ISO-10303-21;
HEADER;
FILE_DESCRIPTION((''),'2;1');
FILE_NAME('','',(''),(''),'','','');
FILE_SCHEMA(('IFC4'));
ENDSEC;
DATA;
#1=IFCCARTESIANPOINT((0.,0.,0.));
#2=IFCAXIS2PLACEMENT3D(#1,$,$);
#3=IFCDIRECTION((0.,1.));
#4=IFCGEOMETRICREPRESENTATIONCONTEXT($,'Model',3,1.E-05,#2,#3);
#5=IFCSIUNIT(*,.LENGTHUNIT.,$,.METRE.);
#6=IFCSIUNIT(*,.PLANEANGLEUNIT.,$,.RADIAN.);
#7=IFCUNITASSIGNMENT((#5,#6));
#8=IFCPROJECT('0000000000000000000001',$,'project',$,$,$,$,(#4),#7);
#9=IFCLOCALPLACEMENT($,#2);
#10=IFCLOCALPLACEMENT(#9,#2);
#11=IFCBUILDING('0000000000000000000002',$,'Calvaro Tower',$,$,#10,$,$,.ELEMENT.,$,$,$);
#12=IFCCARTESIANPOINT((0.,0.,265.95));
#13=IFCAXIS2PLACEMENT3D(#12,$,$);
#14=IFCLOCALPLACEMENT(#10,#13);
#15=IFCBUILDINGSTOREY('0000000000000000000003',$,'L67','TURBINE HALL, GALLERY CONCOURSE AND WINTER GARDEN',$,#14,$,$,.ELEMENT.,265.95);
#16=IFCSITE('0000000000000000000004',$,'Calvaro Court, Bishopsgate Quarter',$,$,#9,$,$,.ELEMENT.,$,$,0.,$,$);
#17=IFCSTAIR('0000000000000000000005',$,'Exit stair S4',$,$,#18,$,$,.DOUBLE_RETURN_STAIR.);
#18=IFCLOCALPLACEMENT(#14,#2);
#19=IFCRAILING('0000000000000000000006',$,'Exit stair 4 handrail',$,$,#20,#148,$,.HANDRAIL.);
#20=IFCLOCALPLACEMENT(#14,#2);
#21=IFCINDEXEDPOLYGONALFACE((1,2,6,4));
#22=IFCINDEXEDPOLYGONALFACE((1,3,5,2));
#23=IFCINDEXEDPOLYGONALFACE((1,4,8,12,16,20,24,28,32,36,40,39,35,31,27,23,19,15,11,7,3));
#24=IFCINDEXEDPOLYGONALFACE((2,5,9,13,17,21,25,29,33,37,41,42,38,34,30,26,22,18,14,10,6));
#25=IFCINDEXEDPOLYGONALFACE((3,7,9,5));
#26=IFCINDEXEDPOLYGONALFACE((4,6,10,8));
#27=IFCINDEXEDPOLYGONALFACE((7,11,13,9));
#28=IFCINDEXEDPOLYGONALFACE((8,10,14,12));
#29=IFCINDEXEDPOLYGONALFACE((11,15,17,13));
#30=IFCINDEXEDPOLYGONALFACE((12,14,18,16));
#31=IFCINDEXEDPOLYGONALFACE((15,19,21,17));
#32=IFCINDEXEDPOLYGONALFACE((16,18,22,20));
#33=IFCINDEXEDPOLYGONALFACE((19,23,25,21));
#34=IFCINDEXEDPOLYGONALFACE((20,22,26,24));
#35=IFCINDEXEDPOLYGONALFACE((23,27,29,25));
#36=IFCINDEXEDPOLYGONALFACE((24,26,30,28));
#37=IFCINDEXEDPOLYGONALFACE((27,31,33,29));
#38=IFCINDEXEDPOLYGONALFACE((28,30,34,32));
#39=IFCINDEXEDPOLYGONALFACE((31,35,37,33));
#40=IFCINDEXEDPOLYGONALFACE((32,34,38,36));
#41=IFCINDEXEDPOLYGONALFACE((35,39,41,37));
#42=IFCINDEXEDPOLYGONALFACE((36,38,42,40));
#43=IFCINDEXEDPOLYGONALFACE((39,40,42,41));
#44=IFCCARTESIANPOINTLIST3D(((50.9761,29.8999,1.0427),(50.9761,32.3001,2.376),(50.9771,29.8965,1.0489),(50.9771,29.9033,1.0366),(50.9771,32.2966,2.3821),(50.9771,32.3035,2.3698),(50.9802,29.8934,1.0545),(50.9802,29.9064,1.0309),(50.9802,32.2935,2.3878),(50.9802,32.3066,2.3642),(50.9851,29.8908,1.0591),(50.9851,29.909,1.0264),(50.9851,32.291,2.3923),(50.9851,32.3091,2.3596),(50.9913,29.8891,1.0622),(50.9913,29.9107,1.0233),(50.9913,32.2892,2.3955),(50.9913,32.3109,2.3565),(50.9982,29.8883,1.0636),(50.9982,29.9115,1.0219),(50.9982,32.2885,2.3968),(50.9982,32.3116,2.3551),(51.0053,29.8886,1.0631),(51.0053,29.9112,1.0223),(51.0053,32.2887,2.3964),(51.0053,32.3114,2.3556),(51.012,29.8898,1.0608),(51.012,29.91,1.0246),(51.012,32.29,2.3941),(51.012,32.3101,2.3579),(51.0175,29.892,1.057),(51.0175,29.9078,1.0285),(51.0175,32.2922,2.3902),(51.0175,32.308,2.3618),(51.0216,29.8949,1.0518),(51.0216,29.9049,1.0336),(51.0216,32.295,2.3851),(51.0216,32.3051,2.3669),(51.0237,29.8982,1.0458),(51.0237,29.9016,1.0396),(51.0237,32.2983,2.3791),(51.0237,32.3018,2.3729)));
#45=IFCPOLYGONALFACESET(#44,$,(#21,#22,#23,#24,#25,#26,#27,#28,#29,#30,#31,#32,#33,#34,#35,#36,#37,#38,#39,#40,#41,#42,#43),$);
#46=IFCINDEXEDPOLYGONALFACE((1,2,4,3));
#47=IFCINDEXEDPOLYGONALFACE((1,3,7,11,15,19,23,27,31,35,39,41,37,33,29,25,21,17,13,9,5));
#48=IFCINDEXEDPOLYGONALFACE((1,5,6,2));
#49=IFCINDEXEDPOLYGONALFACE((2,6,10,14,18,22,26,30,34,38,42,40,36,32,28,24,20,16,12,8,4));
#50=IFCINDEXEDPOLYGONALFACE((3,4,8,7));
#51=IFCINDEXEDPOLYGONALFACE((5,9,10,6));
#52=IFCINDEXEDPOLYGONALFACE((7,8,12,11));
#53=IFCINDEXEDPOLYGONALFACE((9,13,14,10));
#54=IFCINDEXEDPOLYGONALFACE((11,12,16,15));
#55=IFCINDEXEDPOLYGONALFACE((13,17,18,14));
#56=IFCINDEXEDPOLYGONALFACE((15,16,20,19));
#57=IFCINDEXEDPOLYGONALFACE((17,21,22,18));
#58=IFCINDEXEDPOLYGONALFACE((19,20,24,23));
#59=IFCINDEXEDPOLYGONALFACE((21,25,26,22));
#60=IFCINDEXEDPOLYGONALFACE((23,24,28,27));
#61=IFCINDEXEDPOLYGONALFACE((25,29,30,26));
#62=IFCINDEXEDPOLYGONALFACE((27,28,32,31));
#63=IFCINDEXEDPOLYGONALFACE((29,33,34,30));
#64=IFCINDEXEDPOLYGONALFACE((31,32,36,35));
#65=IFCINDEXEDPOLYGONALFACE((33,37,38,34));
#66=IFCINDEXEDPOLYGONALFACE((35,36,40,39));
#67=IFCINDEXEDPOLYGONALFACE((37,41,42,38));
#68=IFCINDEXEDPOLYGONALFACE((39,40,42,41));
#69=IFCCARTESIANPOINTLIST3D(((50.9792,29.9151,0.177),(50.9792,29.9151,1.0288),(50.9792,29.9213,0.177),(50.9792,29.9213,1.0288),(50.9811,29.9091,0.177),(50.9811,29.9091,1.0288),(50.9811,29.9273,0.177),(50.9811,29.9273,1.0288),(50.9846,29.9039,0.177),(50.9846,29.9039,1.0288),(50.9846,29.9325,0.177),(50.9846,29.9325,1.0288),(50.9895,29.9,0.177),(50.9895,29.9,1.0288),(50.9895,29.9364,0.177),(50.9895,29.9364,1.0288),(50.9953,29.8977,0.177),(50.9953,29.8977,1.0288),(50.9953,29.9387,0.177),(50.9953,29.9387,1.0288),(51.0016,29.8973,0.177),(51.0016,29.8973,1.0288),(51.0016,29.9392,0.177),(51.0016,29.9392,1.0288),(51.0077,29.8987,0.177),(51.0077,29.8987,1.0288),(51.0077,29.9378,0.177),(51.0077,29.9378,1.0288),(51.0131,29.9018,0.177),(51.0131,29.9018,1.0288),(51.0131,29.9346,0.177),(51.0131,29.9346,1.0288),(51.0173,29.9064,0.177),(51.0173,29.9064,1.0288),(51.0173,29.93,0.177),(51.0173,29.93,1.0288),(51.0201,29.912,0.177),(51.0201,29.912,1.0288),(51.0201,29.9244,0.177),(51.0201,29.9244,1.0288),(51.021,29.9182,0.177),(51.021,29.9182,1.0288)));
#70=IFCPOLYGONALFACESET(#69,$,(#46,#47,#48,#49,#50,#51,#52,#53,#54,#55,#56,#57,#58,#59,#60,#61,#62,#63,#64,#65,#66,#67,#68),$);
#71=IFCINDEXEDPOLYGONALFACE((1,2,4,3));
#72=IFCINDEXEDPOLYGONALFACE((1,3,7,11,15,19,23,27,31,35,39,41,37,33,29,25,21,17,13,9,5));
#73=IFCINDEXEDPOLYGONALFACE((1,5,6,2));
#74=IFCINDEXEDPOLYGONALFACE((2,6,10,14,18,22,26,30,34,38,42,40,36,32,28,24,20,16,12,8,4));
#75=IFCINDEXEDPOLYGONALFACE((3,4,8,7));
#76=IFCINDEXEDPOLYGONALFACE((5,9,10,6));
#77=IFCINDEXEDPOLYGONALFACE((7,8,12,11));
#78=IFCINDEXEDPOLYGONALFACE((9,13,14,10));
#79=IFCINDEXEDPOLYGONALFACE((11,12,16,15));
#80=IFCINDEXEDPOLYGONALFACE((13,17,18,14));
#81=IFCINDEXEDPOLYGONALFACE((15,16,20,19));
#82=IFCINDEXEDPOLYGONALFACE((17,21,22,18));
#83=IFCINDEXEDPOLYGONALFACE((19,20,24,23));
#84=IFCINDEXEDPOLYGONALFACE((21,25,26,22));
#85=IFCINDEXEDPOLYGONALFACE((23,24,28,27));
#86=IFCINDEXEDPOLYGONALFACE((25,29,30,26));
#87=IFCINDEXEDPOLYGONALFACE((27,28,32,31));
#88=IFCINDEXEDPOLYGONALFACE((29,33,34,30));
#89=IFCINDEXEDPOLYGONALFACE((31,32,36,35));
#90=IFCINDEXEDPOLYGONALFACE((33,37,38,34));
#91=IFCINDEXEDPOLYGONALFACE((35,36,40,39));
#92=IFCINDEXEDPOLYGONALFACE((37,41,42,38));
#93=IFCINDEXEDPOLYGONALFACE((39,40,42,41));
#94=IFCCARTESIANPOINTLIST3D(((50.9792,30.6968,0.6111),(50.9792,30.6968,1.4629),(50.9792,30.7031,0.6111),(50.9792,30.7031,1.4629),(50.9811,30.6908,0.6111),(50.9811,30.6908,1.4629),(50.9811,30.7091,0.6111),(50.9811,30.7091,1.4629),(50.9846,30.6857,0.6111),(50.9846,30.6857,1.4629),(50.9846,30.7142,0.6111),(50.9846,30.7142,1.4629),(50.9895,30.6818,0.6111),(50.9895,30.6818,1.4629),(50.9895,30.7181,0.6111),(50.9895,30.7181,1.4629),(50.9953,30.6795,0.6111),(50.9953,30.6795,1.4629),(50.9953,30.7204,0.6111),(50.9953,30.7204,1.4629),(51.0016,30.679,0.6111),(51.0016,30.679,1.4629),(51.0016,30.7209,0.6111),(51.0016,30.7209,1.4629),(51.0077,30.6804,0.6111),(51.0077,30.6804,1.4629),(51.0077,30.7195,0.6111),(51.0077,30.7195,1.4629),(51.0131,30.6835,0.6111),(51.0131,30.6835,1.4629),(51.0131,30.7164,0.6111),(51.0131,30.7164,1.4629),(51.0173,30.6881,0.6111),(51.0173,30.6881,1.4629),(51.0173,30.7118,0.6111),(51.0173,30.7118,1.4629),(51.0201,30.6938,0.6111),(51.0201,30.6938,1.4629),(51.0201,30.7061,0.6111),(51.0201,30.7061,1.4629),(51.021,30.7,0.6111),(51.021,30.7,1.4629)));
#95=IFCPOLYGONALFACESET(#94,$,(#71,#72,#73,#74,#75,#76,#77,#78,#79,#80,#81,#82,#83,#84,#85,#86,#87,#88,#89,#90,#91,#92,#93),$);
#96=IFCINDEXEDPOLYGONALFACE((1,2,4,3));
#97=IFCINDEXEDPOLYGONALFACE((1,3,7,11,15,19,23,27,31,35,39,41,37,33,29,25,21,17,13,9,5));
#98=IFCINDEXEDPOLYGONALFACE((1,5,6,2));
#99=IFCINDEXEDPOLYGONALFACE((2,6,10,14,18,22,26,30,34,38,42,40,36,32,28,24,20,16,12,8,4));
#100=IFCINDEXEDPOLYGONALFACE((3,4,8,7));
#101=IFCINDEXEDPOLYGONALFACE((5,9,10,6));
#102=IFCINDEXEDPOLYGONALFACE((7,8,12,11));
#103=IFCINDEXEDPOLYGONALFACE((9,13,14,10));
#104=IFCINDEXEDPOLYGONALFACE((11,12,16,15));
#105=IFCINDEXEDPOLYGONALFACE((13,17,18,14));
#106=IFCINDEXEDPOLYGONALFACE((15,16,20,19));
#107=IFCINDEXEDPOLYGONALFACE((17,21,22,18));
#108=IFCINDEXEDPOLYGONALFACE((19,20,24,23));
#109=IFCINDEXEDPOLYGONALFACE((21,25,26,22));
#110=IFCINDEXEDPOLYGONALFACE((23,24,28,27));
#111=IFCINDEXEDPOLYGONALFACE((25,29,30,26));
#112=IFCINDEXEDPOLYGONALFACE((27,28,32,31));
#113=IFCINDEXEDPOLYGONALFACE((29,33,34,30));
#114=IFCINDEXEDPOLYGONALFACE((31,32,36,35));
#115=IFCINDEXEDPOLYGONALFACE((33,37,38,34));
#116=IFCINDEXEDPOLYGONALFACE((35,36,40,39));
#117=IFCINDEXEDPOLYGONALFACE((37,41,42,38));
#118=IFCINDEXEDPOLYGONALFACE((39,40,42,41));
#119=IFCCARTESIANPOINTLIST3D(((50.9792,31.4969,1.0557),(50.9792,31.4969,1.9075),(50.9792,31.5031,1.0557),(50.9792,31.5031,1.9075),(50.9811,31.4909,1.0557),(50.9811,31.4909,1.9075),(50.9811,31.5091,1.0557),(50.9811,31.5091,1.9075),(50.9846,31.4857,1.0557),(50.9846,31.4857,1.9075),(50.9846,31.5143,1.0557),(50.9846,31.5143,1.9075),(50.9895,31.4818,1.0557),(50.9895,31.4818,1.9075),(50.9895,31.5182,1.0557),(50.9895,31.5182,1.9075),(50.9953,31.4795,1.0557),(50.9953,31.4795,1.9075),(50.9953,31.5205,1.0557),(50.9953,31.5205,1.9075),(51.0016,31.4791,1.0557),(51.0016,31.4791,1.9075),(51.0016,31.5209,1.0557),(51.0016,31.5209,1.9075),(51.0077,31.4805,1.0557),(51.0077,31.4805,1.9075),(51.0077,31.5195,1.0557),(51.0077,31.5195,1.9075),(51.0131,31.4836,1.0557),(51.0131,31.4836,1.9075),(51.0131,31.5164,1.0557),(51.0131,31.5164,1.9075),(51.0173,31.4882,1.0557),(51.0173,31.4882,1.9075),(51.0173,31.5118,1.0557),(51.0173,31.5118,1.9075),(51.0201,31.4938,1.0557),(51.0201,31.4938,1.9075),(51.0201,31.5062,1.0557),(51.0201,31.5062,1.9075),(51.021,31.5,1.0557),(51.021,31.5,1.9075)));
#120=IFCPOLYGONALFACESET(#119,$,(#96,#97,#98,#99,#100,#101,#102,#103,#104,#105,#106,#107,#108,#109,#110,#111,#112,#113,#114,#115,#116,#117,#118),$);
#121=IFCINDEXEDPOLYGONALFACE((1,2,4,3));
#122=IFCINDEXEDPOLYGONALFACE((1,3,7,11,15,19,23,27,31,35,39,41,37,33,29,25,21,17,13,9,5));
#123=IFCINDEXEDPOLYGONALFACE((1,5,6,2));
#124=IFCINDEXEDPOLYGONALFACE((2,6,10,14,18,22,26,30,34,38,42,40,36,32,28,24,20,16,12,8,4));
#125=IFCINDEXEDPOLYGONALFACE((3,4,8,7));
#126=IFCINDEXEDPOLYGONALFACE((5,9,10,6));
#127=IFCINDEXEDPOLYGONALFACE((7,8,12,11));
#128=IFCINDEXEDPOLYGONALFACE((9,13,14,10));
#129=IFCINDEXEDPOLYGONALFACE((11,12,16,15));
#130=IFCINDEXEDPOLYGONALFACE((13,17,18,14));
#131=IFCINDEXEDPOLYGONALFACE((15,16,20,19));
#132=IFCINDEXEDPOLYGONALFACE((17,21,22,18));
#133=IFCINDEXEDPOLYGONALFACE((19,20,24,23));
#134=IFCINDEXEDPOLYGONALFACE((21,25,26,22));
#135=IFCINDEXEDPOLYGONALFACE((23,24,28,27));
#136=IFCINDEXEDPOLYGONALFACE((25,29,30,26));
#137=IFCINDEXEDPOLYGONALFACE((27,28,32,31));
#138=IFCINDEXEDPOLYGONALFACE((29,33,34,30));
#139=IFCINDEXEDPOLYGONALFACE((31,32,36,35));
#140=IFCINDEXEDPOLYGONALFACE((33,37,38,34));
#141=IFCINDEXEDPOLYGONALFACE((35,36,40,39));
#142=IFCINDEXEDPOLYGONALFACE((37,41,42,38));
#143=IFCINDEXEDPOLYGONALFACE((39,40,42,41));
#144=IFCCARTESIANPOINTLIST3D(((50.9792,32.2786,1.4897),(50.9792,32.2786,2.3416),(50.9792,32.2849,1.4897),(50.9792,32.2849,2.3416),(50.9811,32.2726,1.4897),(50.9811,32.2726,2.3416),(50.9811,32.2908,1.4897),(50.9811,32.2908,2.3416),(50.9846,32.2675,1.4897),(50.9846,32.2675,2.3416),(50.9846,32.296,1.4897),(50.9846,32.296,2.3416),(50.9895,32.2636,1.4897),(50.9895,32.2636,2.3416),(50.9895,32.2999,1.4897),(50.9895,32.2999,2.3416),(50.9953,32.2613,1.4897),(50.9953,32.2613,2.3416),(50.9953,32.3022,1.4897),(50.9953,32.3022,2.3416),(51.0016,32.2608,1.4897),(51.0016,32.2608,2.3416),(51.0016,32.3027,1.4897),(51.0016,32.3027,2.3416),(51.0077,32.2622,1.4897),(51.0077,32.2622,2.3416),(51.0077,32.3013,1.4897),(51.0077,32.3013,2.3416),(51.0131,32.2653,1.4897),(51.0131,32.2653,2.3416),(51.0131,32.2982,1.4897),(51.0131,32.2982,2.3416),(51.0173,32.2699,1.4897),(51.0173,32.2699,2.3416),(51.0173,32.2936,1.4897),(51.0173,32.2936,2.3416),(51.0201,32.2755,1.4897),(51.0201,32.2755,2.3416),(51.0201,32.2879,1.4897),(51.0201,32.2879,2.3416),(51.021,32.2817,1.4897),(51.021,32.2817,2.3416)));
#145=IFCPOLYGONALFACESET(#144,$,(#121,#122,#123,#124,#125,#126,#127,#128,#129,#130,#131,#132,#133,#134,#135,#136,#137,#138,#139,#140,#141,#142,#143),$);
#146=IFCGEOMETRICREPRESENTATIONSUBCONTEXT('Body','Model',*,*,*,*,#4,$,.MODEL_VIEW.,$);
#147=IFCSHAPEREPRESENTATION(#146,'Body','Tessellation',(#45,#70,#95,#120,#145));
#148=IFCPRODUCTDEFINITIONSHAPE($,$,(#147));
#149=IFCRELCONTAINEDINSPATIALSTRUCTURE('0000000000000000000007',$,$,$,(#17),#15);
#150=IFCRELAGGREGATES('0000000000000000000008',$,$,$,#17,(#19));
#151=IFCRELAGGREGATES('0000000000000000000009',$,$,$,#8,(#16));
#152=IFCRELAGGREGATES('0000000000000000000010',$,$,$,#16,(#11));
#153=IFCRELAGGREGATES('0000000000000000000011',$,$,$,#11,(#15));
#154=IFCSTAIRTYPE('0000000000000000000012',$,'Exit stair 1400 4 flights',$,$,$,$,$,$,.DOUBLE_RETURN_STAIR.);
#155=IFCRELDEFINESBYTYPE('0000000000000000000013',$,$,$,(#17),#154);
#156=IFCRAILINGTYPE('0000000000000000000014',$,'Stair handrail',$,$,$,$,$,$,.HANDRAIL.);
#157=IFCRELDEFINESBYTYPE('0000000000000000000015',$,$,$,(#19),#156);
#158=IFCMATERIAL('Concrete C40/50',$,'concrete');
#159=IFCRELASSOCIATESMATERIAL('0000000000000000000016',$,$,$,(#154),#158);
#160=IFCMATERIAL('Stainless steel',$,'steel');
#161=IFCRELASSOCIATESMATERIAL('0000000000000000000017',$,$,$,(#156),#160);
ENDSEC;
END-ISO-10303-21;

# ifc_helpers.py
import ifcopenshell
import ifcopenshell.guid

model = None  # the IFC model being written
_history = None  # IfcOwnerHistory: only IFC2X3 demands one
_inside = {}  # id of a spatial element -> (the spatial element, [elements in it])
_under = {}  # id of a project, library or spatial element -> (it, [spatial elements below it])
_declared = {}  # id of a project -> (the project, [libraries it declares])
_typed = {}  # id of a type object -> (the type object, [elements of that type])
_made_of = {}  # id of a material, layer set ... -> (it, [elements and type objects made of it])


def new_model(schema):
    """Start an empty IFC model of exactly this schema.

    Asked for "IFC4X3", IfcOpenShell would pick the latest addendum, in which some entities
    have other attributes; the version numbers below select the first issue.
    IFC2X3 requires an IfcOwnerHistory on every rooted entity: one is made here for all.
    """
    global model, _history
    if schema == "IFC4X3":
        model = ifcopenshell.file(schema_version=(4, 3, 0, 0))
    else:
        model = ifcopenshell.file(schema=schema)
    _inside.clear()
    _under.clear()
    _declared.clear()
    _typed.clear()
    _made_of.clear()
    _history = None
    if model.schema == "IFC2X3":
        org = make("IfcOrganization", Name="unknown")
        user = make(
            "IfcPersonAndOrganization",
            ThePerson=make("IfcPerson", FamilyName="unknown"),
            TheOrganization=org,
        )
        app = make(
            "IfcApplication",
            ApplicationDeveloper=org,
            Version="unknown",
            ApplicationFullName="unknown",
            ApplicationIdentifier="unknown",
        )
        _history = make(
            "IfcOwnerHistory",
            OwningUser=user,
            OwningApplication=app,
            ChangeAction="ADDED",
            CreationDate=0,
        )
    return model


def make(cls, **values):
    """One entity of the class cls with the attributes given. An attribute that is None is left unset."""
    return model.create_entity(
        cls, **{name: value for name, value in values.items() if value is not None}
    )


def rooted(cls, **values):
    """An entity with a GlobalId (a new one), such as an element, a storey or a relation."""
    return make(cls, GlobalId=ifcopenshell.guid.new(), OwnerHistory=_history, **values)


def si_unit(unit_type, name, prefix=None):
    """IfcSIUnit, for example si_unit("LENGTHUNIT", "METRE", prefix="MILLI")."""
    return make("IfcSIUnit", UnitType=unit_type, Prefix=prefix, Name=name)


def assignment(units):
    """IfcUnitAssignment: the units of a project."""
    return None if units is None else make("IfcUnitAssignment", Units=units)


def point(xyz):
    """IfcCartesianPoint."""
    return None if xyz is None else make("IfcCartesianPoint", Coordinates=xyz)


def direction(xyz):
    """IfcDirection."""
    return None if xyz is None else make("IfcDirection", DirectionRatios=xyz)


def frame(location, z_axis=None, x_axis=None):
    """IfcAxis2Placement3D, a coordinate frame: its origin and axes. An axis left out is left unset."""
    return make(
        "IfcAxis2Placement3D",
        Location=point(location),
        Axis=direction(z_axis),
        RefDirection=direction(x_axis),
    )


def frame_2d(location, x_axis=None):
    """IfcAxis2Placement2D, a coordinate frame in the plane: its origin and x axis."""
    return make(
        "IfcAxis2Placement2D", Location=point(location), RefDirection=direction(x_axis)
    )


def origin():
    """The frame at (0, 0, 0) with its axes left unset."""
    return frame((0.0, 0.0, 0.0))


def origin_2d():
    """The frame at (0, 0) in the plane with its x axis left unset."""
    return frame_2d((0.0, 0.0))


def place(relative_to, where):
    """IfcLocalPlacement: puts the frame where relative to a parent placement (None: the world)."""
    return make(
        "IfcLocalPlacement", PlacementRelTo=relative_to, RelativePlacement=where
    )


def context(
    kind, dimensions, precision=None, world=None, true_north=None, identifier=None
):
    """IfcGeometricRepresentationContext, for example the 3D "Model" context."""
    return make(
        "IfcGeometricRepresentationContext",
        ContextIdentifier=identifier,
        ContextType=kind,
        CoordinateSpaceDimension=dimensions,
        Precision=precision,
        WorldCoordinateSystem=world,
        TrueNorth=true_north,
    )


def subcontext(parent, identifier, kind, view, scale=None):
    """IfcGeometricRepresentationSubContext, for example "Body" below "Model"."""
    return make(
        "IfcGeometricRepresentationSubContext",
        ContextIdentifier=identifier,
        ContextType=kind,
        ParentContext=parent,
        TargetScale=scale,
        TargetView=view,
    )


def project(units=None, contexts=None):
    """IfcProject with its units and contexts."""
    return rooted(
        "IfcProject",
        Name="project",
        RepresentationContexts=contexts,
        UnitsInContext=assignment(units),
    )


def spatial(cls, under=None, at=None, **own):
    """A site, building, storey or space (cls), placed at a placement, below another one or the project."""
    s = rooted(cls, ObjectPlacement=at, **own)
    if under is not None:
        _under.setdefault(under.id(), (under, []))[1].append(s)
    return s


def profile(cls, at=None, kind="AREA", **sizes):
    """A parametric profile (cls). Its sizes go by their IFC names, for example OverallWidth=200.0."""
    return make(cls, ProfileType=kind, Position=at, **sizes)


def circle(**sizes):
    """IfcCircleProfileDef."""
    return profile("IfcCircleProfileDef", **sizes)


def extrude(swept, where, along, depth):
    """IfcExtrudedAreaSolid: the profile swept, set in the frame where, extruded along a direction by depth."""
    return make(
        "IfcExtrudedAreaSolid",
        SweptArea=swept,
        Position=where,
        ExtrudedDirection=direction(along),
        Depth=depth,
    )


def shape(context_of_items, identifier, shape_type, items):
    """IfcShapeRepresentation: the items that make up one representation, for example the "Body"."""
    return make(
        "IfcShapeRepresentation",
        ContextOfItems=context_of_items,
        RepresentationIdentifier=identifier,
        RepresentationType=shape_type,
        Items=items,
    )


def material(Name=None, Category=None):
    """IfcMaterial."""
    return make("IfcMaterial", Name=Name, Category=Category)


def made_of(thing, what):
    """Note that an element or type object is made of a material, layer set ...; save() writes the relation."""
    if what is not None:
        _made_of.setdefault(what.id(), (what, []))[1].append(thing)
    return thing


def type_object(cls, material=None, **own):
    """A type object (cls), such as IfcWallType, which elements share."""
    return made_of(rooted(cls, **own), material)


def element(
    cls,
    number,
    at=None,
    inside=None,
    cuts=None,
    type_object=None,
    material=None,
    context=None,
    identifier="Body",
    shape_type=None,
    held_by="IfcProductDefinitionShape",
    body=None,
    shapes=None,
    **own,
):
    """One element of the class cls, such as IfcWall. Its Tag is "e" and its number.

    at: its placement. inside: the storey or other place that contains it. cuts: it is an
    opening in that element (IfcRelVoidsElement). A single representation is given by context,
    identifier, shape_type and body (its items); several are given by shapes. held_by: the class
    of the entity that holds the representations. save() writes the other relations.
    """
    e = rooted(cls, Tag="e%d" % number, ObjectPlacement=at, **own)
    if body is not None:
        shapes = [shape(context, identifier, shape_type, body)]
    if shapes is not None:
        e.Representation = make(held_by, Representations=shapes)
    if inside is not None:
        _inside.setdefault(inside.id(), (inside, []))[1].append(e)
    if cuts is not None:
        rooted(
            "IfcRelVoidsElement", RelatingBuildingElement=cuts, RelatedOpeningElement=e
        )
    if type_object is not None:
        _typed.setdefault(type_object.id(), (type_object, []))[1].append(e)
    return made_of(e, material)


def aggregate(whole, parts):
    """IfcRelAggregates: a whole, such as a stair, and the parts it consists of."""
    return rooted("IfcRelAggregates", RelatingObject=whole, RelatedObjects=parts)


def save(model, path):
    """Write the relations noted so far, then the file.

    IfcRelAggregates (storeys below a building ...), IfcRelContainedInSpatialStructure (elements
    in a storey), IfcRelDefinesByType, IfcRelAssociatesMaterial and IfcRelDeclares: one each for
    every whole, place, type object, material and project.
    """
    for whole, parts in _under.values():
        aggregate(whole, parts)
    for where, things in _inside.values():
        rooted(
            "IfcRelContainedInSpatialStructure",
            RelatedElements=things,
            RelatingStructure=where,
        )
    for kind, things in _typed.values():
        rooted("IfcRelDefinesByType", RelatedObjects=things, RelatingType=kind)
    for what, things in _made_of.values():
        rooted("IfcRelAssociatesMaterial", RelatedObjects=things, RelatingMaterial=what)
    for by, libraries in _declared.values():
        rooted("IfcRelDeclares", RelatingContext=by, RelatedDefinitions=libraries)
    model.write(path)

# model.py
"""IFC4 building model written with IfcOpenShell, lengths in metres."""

from ifc_helpers import new_model, si_unit, direction, frame, origin, origin_2d, place, context, subcontext, project, spatial, circle, extrude, material, type_object, element, aggregate, save


model = new_model("IFC4")

# Units and contexts
model_context = context("Model", 3, precision=1e-05, world=origin(), true_north=direction((0.0, 1.0)))
body_context = subcontext(model_context, "Body", "Model", "MODEL_VIEW")
ifc_project = project(units=[si_unit("LENGTHUNIT", "METRE"), si_unit("PLANEANGLEUNIT", "RADIAN")], contexts=[model_context])

# Site, building, storey
site_placement = place(None, origin())
site = spatial("IfcSite", under=ifc_project, at=site_placement, Name="Calvaro Court, Bishopsgate Quarter", CompositionType="ELEMENT", RefElevation=0.0)
building_placement = place(site_placement, origin())
building = spatial("IfcBuilding", under=site, at=building_placement, Name="Calvaro Tower", CompositionType="ELEMENT")
storey_placement = place(building_placement, frame((0.0, 0.0, 265.95)))
storey = spatial("IfcBuildingStorey", under=building, at=storey_placement, Name="L67", Description="TURBINE HALL, GALLERY CONCOURSE AND WINTER GARDEN", CompositionType="ELEMENT", Elevation=265.95)

# Stair, railing
ifc_material_1 = material(Name="Concrete C40/50", Category="concrete")
stair_type = type_object("IfcStairType", Name="Exit stair 1400 4 flights", PredefinedType="DOUBLE_RETURN_STAIR", material=ifc_material_1)
stair_placement = place(storey_placement, origin())
stair = element("IfcStair", 1, at=stair_placement, inside=storey, type_object=stair_type, Name="Exit stair S4", PredefinedType="DOUBLE_RETURN_STAIR")
ifc_material_2 = material(Name="Stainless steel", Category="steel")
railing_type = type_object("IfcRailingType", Name="Stair handrail", PredefinedType="HANDRAIL", material=ifc_material_2)
railing_1_placement = place(storey_placement, frame((51.0, 29.8999, 0.1667)))
railing_1 = element("IfcRailing", 2, at=railing_1_placement, type_object=railing_type, Name="Exit stair 4 handrail", PredefinedType="HANDRAIL", context=body_context, shape_type="SweptSolid", body=[
    extrude(circle(Radius=0.0239, at=origin_2d()), frame((0.0, 0.0, 0.876), z_axis=(0.0, 0.874182, 0.485598), x_axis=(-1.0, 0.0, 0.0)), (0.0, 0.0, 1.0), 2.7456),
    extrude(circle(Radius=0.021, at=origin_2d()), frame((0.0, 0.0183, 0.0103)), (0.0, 0.0, 1.0), 0.8518),
    extrude(circle(Radius=0.021, at=origin_2d()), frame((0.0, 0.8, 0.4443)), (0.0, 0.0, 1.0), 0.8518),
    extrude(circle(Radius=0.021, at=origin_2d()), frame((0.0, 1.6001, 0.8889)), (0.0, 0.0, 1.0), 0.8518),
    extrude(circle(Radius=0.021, at=origin_2d()), frame((0.0, 2.3818, 1.323)), (0.0, 0.0, 1.0), 0.8518),
])
aggregate(stair, [railing_1])

save(model, "model.ifc")
